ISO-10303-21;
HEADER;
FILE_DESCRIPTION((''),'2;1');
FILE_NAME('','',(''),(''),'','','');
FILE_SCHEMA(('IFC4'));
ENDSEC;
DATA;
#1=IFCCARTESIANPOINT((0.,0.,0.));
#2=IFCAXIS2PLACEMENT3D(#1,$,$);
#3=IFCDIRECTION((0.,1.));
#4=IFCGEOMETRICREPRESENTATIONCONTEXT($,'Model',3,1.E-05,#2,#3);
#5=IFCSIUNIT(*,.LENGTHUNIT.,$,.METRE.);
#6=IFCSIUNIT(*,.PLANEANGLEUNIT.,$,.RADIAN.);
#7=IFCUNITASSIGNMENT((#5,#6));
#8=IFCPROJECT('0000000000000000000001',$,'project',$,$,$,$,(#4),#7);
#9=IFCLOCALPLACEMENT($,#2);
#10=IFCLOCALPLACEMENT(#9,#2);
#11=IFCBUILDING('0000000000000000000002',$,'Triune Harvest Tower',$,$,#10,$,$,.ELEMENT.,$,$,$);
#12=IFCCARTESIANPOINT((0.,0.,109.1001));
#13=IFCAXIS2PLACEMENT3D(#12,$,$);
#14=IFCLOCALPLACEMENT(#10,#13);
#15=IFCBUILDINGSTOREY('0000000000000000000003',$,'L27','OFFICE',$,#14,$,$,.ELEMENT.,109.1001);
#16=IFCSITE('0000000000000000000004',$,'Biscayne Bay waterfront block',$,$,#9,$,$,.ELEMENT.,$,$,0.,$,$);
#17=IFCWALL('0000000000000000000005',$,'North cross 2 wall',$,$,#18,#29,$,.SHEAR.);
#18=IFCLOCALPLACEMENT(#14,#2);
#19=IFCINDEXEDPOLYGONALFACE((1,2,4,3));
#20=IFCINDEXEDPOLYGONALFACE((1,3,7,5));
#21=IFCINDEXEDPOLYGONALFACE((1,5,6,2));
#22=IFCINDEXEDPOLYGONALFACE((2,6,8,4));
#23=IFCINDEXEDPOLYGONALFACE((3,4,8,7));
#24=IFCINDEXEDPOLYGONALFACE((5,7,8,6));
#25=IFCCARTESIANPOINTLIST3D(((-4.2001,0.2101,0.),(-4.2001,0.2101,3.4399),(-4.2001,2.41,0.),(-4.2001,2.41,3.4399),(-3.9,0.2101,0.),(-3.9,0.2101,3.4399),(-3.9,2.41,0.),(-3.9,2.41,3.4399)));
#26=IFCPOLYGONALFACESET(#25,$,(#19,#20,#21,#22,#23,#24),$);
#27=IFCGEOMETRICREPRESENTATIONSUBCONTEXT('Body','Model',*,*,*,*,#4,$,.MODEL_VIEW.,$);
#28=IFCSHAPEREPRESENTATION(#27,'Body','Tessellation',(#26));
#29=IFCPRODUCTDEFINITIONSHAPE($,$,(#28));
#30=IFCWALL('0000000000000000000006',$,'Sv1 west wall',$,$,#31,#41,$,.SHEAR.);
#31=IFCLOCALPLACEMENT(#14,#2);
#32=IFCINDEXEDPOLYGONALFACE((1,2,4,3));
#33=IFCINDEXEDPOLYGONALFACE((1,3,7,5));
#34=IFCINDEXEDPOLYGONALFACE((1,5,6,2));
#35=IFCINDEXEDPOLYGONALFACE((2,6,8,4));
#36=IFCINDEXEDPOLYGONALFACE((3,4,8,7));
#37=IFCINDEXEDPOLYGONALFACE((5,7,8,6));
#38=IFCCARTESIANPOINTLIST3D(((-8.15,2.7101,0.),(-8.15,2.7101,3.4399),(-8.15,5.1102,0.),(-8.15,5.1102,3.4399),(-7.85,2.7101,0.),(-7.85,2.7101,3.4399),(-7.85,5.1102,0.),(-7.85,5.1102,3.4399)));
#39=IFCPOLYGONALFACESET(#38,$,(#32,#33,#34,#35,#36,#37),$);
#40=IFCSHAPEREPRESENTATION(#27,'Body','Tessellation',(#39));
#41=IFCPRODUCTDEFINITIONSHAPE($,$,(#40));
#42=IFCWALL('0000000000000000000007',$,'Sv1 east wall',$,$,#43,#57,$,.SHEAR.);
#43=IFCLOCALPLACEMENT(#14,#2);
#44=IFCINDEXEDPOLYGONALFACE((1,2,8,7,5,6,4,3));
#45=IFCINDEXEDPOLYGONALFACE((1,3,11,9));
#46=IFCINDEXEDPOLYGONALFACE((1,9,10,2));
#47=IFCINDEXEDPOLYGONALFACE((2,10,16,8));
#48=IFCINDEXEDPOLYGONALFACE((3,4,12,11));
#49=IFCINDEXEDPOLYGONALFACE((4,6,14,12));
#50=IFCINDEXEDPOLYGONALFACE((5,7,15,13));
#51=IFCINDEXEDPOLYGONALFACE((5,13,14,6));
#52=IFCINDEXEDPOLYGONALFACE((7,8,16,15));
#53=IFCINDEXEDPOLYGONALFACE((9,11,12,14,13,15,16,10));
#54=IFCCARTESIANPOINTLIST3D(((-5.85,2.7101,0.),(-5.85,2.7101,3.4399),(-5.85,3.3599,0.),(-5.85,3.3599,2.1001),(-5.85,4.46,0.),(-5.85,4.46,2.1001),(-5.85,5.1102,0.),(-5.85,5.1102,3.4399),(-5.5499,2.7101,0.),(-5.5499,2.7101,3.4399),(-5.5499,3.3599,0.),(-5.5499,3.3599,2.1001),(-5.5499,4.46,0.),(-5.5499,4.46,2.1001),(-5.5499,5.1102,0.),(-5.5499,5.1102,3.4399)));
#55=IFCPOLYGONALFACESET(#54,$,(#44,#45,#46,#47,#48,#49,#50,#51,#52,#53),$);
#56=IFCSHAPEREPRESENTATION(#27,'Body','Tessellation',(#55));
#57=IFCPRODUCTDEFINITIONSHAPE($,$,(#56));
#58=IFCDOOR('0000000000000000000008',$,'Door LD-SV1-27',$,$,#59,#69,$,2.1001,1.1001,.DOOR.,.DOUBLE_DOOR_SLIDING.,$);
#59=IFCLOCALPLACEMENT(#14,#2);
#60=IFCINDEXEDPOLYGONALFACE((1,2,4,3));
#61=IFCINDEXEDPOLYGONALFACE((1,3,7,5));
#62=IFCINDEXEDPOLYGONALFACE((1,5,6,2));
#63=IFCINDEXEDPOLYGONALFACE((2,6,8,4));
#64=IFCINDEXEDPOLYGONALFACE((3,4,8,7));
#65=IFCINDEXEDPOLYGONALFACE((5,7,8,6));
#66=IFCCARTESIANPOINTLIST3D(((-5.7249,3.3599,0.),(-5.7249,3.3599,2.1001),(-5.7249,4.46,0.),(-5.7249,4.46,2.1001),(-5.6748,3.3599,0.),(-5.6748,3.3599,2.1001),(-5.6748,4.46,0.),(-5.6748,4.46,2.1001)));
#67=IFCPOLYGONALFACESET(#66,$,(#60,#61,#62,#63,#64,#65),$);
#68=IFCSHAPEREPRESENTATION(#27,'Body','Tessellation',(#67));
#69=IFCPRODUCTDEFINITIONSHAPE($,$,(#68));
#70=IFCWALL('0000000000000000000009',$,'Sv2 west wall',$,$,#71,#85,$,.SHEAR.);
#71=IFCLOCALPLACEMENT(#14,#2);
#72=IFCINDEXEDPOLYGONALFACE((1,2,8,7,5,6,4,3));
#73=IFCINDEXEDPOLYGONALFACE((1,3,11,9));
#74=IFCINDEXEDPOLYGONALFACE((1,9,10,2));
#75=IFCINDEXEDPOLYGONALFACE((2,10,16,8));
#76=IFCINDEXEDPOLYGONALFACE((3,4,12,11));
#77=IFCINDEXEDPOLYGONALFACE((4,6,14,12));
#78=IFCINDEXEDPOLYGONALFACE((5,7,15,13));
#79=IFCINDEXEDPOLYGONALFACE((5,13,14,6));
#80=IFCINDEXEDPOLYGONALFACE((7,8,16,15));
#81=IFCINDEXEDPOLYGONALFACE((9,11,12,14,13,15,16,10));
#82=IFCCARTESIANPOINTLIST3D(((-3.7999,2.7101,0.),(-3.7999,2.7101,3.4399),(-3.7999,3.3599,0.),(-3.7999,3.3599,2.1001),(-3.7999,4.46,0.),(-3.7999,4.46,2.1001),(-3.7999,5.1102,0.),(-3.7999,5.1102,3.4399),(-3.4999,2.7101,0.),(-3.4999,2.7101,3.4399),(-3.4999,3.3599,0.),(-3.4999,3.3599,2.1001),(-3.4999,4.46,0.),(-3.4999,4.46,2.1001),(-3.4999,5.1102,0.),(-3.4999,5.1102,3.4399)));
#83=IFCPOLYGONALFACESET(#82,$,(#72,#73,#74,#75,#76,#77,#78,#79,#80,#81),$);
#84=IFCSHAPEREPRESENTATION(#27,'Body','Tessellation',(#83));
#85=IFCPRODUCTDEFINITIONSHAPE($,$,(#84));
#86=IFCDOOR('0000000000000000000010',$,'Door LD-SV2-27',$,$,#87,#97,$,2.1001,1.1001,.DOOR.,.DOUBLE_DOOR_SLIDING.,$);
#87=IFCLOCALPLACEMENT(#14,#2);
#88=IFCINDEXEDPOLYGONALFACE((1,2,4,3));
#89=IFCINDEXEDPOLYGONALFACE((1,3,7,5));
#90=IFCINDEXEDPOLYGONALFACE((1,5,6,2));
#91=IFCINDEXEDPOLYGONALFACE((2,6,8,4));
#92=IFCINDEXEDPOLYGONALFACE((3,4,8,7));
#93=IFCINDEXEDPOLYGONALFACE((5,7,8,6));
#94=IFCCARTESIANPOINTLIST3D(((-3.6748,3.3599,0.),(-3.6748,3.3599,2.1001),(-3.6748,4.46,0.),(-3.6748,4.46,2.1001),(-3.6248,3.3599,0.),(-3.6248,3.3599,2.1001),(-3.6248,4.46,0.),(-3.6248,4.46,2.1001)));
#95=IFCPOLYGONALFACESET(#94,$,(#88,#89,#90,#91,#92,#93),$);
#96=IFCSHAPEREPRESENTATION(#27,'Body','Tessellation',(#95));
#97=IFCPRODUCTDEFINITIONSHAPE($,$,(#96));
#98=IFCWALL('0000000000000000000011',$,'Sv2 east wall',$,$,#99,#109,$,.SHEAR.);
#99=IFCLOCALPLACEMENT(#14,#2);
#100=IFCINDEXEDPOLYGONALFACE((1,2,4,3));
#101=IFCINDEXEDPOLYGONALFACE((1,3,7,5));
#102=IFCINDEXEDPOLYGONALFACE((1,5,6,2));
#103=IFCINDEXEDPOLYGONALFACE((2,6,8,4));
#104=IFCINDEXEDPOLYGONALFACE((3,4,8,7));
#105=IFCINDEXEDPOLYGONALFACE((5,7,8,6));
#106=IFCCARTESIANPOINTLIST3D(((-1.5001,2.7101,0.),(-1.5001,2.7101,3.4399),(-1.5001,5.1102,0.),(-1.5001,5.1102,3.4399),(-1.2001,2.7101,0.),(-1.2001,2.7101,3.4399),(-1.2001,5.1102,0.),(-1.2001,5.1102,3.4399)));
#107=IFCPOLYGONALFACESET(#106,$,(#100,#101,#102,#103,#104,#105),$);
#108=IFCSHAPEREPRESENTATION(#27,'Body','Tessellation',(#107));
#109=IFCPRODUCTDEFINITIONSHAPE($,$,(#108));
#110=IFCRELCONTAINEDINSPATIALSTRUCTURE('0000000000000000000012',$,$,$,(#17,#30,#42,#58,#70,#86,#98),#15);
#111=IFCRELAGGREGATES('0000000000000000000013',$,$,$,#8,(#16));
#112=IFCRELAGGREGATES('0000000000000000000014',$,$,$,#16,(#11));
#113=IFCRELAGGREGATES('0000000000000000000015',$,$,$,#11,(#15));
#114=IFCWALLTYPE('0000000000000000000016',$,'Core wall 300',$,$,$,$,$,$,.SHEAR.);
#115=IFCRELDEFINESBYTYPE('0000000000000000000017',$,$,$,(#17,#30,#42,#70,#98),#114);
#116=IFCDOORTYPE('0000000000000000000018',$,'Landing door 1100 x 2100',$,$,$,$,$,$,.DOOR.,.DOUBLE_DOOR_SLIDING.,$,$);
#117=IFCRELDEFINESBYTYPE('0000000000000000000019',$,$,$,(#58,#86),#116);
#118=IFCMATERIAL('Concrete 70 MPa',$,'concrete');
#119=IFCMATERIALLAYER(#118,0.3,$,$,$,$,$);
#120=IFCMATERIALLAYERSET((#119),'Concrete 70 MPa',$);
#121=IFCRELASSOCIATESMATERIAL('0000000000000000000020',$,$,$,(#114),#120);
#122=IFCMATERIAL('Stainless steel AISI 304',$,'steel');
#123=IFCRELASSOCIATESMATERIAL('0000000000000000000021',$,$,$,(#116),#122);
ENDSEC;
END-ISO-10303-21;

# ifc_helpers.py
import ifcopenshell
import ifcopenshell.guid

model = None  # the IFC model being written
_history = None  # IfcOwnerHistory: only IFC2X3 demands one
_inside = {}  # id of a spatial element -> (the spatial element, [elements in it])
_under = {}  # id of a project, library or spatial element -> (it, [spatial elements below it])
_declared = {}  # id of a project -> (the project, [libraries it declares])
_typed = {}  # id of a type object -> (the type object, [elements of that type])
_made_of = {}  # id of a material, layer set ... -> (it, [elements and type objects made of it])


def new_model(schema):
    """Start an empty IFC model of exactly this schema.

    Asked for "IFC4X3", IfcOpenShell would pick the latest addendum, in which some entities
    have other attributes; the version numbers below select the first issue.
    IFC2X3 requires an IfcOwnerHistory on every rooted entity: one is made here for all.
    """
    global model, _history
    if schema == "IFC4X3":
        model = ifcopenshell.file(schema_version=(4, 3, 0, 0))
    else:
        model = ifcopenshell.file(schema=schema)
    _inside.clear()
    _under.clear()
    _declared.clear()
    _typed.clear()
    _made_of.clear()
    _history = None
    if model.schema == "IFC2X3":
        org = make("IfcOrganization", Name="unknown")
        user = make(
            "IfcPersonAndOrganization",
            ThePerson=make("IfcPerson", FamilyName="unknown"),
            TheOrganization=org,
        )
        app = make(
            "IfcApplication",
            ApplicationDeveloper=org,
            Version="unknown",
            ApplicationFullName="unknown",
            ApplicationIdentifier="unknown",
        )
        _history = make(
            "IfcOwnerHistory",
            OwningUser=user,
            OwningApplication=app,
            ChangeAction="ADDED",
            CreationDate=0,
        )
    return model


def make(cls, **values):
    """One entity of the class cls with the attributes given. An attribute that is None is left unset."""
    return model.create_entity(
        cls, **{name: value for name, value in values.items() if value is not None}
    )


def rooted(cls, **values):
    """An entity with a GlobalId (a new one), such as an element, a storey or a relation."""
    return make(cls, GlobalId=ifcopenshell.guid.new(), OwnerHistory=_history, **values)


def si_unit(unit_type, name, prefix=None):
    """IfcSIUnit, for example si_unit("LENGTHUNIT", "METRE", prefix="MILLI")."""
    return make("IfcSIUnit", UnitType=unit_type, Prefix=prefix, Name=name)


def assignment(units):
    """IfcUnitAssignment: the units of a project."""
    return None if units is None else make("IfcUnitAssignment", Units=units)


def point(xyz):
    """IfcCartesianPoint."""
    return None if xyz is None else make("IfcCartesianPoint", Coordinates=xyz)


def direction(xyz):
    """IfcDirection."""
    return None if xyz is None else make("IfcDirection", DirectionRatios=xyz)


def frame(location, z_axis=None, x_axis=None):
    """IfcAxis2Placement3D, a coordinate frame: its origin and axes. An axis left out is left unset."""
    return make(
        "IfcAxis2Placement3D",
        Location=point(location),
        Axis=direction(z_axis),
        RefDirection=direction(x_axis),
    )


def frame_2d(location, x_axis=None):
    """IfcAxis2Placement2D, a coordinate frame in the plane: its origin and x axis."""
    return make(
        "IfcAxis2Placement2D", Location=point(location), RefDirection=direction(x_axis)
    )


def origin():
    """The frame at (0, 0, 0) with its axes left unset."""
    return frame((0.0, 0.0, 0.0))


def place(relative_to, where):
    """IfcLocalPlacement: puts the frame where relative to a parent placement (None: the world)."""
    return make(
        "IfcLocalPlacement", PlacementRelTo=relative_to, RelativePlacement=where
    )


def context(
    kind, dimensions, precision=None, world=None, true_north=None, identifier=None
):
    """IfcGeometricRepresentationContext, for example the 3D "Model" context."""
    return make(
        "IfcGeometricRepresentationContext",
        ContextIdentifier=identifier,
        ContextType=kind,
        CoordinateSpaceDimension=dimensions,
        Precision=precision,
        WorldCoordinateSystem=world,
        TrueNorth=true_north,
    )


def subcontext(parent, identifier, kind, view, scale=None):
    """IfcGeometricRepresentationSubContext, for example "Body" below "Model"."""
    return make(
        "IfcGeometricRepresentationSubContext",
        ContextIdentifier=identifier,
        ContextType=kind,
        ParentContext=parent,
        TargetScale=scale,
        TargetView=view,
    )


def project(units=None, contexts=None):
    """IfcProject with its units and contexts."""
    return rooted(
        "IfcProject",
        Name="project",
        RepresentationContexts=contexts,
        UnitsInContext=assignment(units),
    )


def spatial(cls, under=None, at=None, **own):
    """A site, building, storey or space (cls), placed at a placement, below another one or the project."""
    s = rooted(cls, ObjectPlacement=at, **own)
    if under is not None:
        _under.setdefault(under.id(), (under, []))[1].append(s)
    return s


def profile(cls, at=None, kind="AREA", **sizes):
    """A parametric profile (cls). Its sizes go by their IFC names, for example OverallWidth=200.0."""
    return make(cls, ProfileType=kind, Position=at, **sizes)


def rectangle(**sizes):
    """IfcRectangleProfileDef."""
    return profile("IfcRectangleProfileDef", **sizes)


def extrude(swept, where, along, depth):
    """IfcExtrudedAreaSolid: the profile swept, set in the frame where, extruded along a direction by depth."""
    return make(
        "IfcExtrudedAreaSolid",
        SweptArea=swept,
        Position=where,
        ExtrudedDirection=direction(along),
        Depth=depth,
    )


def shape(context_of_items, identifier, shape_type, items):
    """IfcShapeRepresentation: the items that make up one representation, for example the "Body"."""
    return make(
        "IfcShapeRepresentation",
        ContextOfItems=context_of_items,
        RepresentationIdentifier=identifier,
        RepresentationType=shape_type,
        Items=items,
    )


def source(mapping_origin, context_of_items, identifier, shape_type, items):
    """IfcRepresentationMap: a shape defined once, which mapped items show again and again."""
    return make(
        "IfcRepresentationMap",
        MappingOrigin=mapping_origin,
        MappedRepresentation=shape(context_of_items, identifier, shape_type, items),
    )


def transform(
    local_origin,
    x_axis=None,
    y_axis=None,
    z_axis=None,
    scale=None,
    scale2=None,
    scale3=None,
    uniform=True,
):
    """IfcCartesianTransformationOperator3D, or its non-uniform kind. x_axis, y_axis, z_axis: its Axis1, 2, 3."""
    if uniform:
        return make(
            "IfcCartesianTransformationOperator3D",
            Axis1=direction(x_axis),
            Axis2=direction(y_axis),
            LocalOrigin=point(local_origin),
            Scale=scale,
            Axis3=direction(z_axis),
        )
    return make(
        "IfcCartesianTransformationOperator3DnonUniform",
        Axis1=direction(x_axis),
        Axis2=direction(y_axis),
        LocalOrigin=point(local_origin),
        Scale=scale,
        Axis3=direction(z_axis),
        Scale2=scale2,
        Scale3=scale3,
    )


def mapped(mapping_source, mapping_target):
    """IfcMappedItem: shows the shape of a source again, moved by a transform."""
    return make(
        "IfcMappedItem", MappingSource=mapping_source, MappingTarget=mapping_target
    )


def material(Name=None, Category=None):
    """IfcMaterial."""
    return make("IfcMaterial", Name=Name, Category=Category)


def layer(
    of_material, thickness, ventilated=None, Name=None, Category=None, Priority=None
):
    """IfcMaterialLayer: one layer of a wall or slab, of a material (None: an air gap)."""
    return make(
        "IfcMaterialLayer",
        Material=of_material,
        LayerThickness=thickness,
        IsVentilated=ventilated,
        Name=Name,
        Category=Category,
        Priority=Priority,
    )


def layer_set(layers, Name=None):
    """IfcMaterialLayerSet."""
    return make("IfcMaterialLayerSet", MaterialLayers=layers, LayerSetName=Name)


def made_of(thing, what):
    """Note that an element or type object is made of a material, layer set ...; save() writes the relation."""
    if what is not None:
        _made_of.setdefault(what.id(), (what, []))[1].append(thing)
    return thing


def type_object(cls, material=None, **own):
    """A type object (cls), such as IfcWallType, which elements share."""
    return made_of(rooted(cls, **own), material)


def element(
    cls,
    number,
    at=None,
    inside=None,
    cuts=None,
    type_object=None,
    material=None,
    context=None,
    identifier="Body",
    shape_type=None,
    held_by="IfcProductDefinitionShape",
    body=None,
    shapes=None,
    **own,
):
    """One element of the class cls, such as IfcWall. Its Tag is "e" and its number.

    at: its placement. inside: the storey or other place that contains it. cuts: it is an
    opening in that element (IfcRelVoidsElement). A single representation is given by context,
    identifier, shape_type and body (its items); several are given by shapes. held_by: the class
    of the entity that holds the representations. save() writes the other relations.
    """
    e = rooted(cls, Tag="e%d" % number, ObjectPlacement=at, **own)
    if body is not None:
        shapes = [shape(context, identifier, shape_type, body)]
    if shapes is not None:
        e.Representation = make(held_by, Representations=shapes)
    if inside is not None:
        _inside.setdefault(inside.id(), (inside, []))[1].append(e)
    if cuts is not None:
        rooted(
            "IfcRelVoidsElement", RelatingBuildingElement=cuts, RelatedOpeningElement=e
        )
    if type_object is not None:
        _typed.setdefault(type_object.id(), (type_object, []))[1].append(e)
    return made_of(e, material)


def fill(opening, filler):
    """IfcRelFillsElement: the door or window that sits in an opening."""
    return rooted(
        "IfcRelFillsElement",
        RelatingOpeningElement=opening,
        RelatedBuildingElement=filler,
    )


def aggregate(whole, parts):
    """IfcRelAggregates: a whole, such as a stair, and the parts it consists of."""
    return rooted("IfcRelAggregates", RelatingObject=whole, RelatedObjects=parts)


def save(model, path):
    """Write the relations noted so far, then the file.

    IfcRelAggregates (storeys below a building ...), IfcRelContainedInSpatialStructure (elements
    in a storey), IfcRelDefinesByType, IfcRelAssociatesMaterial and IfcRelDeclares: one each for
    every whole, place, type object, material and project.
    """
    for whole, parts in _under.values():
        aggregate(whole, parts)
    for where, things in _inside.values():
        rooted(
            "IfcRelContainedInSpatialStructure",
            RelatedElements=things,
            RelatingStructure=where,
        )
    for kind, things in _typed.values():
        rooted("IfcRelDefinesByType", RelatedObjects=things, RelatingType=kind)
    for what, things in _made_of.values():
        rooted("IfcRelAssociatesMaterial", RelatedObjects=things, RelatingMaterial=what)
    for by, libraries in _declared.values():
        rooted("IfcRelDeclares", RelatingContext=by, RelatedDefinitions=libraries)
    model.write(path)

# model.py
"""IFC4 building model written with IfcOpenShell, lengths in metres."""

from ifc_helpers import new_model, si_unit, direction, frame, frame_2d, origin, place, context, subcontext, project, spatial, rectangle, extrude, source, transform, mapped, material, layer, layer_set, type_object, element, fill, save


model = new_model("IFC4")

# Units and contexts
model_context = context("Model", 3, precision=1e-05, world=origin(), true_north=direction((0.0, 1.0)))
body_context = subcontext(model_context, "Body", "Model", "MODEL_VIEW")
ifc_project = project(units=[si_unit("LENGTHUNIT", "METRE"), si_unit("PLANEANGLEUNIT", "RADIAN")], contexts=[model_context])

# Site, building, storey
site_placement = place(None, origin())
site = spatial("IfcSite", under=ifc_project, at=site_placement, Name="Biscayne Bay waterfront block", CompositionType="ELEMENT", RefElevation=0.0)
building_placement = place(site_placement, origin())
building = spatial("IfcBuilding", under=site, at=building_placement, Name="Triune Harvest Tower", CompositionType="ELEMENT")
storey_placement = place(building_placement, frame((0.0, 0.0, 109.1001)))
storey = spatial("IfcBuildingStorey", under=building, at=storey_placement, Name="L27", Description="OFFICE", CompositionType="ELEMENT", Elevation=109.1001)

# Shared definitions
ifc_material_1 = material(Name="Concrete 70 MPa", Category="concrete")
ifc_layer_1 = layer(ifc_material_1, 0.3)
ifc_layer_set_1 = layer_set([ifc_layer_1], Name="Concrete 70 MPa")
wall_type_1 = type_object("IfcWallType", Name="Core wall 300", PredefinedType="SHEAR", material=ifc_layer_set_1)
ifc_material_2 = material(Name="Stainless steel AISI 304", Category="steel")
door_type_1 = type_object("IfcDoorType", Name="Landing door 1100 x 2100", OperationType="DOUBLE_DOOR_SLIDING", PredefinedType="DOOR", material=ifc_material_2)

# Walls
shared_shape_1 = source(origin(), body_context, "Body", "SweptSolid", [
    extrude(rectangle(XDim=2.2, YDim=0.3, at=frame_2d((1.1001, 0.0))), origin(), (0.0, 0.0, 1.0), 3.4399),
])
for number, where, z_axis, x_axis, name in (
    (1, (-4.05, 0.21, 0.0), (0.0, 0.0, 1.0), (0.0, 1.0, 0.0), "North cross 2 wall"),
):
    element("IfcWall", number, at=place(storey_placement, frame(where, z_axis=z_axis, x_axis=x_axis)), inside=storey, type_object=wall_type_1, Name=name, PredefinedType="SHEAR", context=body_context, shape_type="MappedRepresentation", body=[
        mapped(shared_shape_1, transform((0.0, 0.0, 0.0), scale=1.0)),
    ])
shared_shape_2 = source(origin(), body_context, "Body", "SweptSolid", [
    extrude(rectangle(XDim=2.4001, YDim=0.3, at=frame_2d((1.2002, 0.0))), origin(), (0.0, 0.0, 1.0), 3.4399),
])
wall_1_placement = place(storey_placement, frame((-8.0, 2.71, 0.0), z_axis=(0.0, 0.0, 1.0), x_axis=(0.0, 1.0, 0.0)))
element("IfcWall", 2, at=wall_1_placement, inside=storey, type_object=wall_type_1, Name="Sv1 west wall", PredefinedType="SHEAR", context=body_context, shape_type="MappedRepresentation", body=[
    mapped(shared_shape_2, transform((0.0, 0.0, 0.0), scale=1.0)),
])

# Walls, openings, doors
wall_2_placement = place(storey_placement, frame((-5.7, 2.71, 0.0), z_axis=(0.0, 0.0, 1.0), x_axis=(0.0, 1.0, 0.0)))
wall_2 = element("IfcWall", 3, at=wall_2_placement, inside=storey, type_object=wall_type_1, Name="Sv1 east wall", PredefinedType="SHEAR", context=body_context, shape_type="MappedRepresentation", body=[
    mapped(shared_shape_2, transform((0.0, 0.0, 0.0), scale=1.0)),
])
opening_1_placement = place(wall_2_placement, frame((0.6499, 0.0, 0.0)))
opening_1 = element("IfcOpeningElement", 4, at=opening_1_placement, cuts=wall_2, PredefinedType="OPENING", context=body_context, shape_type="SweptSolid", body=[
    extrude(rectangle(XDim=1.1001, YDim=2.1001, at=frame_2d((0.55, 1.05))), frame((0.0, 0.1602, 0.0), z_axis=(0.0, -1.0, 0.0), x_axis=(1.0, 0.0, 0.0)), (0.0, 0.0, 1.0), 0.3201),
])
door_1_placement = place(opening_1_placement, origin())
door_1 = element("IfcDoor", 5, at=door_1_placement, inside=storey, type_object=door_type_1, Name="Door LD-SV1-27", OperationType="DOUBLE_DOOR_SLIDING", OverallHeight=2.1001, OverallWidth=1.1001, PredefinedType="DOOR", context=body_context, shape_type="SweptSolid", body=[
    extrude(rectangle(XDim=1.1001, YDim=2.1001, at=frame_2d((0.55, 1.05))), frame((0.0, 0.0249, 0.0), z_axis=(0.0, -1.0, 0.0), x_axis=(1.0, 0.0, 0.0)), (0.0, 0.0, 1.0), 0.05),
])
fill(opening_1, door_1)
wall_3_placement = place(storey_placement, frame((-3.6499, 2.71, 0.0), z_axis=(0.0, 0.0, 1.0), x_axis=(0.0, 1.0, 0.0)))
wall_3 = element("IfcWall", 6, at=wall_3_placement, inside=storey, type_object=wall_type_1, Name="Sv2 west wall", PredefinedType="SHEAR", context=body_context, shape_type="MappedRepresentation", body=[
    mapped(shared_shape_2, transform((0.0, 0.0, 0.0), scale=1.0)),
])
opening_2_placement = place(wall_3_placement, frame((0.6499, 0.0, 0.0)))
opening_2 = element("IfcOpeningElement", 7, at=opening_2_placement, cuts=wall_3, PredefinedType="OPENING", context=body_context, shape_type="SweptSolid", body=[
    extrude(rectangle(XDim=1.1001, YDim=2.1001, at=frame_2d((0.55, 1.05))), frame((0.0, 0.1602, 0.0), z_axis=(0.0, -1.0, 0.0), x_axis=(1.0, 0.0, 0.0)), (0.0, 0.0, 1.0), 0.3201),
])
door_2_placement = place(opening_2_placement, origin())
door_2 = element("IfcDoor", 8, at=door_2_placement, inside=storey, type_object=door_type_1, Name="Door LD-SV2-27", OperationType="DOUBLE_DOOR_SLIDING", OverallHeight=2.1001, OverallWidth=1.1001, PredefinedType="DOOR", context=body_context, shape_type="SweptSolid", body=[
    extrude(rectangle(XDim=1.1001, YDim=2.1001, at=frame_2d((0.55, 1.05))), frame((0.0, 0.0249, 0.0), z_axis=(0.0, -1.0, 0.0), x_axis=(1.0, 0.0, 0.0)), (0.0, 0.0, 1.0), 0.05),
])
fill(opening_2, door_2)

# Wall
wall_4_placement = place(storey_placement, frame((-1.3501, 2.71, 0.0), z_axis=(0.0, 0.0, 1.0), x_axis=(0.0, 1.0, 0.0)))
element("IfcWall", 9, at=wall_4_placement, inside=storey, type_object=wall_type_1, Name="Sv2 east wall", PredefinedType="SHEAR", context=body_context, shape_type="MappedRepresentation", body=[
    mapped(shared_shape_2, transform((0.0, 0.0, 0.0), scale=1.0)),
])

save(model, "model.ifc")
